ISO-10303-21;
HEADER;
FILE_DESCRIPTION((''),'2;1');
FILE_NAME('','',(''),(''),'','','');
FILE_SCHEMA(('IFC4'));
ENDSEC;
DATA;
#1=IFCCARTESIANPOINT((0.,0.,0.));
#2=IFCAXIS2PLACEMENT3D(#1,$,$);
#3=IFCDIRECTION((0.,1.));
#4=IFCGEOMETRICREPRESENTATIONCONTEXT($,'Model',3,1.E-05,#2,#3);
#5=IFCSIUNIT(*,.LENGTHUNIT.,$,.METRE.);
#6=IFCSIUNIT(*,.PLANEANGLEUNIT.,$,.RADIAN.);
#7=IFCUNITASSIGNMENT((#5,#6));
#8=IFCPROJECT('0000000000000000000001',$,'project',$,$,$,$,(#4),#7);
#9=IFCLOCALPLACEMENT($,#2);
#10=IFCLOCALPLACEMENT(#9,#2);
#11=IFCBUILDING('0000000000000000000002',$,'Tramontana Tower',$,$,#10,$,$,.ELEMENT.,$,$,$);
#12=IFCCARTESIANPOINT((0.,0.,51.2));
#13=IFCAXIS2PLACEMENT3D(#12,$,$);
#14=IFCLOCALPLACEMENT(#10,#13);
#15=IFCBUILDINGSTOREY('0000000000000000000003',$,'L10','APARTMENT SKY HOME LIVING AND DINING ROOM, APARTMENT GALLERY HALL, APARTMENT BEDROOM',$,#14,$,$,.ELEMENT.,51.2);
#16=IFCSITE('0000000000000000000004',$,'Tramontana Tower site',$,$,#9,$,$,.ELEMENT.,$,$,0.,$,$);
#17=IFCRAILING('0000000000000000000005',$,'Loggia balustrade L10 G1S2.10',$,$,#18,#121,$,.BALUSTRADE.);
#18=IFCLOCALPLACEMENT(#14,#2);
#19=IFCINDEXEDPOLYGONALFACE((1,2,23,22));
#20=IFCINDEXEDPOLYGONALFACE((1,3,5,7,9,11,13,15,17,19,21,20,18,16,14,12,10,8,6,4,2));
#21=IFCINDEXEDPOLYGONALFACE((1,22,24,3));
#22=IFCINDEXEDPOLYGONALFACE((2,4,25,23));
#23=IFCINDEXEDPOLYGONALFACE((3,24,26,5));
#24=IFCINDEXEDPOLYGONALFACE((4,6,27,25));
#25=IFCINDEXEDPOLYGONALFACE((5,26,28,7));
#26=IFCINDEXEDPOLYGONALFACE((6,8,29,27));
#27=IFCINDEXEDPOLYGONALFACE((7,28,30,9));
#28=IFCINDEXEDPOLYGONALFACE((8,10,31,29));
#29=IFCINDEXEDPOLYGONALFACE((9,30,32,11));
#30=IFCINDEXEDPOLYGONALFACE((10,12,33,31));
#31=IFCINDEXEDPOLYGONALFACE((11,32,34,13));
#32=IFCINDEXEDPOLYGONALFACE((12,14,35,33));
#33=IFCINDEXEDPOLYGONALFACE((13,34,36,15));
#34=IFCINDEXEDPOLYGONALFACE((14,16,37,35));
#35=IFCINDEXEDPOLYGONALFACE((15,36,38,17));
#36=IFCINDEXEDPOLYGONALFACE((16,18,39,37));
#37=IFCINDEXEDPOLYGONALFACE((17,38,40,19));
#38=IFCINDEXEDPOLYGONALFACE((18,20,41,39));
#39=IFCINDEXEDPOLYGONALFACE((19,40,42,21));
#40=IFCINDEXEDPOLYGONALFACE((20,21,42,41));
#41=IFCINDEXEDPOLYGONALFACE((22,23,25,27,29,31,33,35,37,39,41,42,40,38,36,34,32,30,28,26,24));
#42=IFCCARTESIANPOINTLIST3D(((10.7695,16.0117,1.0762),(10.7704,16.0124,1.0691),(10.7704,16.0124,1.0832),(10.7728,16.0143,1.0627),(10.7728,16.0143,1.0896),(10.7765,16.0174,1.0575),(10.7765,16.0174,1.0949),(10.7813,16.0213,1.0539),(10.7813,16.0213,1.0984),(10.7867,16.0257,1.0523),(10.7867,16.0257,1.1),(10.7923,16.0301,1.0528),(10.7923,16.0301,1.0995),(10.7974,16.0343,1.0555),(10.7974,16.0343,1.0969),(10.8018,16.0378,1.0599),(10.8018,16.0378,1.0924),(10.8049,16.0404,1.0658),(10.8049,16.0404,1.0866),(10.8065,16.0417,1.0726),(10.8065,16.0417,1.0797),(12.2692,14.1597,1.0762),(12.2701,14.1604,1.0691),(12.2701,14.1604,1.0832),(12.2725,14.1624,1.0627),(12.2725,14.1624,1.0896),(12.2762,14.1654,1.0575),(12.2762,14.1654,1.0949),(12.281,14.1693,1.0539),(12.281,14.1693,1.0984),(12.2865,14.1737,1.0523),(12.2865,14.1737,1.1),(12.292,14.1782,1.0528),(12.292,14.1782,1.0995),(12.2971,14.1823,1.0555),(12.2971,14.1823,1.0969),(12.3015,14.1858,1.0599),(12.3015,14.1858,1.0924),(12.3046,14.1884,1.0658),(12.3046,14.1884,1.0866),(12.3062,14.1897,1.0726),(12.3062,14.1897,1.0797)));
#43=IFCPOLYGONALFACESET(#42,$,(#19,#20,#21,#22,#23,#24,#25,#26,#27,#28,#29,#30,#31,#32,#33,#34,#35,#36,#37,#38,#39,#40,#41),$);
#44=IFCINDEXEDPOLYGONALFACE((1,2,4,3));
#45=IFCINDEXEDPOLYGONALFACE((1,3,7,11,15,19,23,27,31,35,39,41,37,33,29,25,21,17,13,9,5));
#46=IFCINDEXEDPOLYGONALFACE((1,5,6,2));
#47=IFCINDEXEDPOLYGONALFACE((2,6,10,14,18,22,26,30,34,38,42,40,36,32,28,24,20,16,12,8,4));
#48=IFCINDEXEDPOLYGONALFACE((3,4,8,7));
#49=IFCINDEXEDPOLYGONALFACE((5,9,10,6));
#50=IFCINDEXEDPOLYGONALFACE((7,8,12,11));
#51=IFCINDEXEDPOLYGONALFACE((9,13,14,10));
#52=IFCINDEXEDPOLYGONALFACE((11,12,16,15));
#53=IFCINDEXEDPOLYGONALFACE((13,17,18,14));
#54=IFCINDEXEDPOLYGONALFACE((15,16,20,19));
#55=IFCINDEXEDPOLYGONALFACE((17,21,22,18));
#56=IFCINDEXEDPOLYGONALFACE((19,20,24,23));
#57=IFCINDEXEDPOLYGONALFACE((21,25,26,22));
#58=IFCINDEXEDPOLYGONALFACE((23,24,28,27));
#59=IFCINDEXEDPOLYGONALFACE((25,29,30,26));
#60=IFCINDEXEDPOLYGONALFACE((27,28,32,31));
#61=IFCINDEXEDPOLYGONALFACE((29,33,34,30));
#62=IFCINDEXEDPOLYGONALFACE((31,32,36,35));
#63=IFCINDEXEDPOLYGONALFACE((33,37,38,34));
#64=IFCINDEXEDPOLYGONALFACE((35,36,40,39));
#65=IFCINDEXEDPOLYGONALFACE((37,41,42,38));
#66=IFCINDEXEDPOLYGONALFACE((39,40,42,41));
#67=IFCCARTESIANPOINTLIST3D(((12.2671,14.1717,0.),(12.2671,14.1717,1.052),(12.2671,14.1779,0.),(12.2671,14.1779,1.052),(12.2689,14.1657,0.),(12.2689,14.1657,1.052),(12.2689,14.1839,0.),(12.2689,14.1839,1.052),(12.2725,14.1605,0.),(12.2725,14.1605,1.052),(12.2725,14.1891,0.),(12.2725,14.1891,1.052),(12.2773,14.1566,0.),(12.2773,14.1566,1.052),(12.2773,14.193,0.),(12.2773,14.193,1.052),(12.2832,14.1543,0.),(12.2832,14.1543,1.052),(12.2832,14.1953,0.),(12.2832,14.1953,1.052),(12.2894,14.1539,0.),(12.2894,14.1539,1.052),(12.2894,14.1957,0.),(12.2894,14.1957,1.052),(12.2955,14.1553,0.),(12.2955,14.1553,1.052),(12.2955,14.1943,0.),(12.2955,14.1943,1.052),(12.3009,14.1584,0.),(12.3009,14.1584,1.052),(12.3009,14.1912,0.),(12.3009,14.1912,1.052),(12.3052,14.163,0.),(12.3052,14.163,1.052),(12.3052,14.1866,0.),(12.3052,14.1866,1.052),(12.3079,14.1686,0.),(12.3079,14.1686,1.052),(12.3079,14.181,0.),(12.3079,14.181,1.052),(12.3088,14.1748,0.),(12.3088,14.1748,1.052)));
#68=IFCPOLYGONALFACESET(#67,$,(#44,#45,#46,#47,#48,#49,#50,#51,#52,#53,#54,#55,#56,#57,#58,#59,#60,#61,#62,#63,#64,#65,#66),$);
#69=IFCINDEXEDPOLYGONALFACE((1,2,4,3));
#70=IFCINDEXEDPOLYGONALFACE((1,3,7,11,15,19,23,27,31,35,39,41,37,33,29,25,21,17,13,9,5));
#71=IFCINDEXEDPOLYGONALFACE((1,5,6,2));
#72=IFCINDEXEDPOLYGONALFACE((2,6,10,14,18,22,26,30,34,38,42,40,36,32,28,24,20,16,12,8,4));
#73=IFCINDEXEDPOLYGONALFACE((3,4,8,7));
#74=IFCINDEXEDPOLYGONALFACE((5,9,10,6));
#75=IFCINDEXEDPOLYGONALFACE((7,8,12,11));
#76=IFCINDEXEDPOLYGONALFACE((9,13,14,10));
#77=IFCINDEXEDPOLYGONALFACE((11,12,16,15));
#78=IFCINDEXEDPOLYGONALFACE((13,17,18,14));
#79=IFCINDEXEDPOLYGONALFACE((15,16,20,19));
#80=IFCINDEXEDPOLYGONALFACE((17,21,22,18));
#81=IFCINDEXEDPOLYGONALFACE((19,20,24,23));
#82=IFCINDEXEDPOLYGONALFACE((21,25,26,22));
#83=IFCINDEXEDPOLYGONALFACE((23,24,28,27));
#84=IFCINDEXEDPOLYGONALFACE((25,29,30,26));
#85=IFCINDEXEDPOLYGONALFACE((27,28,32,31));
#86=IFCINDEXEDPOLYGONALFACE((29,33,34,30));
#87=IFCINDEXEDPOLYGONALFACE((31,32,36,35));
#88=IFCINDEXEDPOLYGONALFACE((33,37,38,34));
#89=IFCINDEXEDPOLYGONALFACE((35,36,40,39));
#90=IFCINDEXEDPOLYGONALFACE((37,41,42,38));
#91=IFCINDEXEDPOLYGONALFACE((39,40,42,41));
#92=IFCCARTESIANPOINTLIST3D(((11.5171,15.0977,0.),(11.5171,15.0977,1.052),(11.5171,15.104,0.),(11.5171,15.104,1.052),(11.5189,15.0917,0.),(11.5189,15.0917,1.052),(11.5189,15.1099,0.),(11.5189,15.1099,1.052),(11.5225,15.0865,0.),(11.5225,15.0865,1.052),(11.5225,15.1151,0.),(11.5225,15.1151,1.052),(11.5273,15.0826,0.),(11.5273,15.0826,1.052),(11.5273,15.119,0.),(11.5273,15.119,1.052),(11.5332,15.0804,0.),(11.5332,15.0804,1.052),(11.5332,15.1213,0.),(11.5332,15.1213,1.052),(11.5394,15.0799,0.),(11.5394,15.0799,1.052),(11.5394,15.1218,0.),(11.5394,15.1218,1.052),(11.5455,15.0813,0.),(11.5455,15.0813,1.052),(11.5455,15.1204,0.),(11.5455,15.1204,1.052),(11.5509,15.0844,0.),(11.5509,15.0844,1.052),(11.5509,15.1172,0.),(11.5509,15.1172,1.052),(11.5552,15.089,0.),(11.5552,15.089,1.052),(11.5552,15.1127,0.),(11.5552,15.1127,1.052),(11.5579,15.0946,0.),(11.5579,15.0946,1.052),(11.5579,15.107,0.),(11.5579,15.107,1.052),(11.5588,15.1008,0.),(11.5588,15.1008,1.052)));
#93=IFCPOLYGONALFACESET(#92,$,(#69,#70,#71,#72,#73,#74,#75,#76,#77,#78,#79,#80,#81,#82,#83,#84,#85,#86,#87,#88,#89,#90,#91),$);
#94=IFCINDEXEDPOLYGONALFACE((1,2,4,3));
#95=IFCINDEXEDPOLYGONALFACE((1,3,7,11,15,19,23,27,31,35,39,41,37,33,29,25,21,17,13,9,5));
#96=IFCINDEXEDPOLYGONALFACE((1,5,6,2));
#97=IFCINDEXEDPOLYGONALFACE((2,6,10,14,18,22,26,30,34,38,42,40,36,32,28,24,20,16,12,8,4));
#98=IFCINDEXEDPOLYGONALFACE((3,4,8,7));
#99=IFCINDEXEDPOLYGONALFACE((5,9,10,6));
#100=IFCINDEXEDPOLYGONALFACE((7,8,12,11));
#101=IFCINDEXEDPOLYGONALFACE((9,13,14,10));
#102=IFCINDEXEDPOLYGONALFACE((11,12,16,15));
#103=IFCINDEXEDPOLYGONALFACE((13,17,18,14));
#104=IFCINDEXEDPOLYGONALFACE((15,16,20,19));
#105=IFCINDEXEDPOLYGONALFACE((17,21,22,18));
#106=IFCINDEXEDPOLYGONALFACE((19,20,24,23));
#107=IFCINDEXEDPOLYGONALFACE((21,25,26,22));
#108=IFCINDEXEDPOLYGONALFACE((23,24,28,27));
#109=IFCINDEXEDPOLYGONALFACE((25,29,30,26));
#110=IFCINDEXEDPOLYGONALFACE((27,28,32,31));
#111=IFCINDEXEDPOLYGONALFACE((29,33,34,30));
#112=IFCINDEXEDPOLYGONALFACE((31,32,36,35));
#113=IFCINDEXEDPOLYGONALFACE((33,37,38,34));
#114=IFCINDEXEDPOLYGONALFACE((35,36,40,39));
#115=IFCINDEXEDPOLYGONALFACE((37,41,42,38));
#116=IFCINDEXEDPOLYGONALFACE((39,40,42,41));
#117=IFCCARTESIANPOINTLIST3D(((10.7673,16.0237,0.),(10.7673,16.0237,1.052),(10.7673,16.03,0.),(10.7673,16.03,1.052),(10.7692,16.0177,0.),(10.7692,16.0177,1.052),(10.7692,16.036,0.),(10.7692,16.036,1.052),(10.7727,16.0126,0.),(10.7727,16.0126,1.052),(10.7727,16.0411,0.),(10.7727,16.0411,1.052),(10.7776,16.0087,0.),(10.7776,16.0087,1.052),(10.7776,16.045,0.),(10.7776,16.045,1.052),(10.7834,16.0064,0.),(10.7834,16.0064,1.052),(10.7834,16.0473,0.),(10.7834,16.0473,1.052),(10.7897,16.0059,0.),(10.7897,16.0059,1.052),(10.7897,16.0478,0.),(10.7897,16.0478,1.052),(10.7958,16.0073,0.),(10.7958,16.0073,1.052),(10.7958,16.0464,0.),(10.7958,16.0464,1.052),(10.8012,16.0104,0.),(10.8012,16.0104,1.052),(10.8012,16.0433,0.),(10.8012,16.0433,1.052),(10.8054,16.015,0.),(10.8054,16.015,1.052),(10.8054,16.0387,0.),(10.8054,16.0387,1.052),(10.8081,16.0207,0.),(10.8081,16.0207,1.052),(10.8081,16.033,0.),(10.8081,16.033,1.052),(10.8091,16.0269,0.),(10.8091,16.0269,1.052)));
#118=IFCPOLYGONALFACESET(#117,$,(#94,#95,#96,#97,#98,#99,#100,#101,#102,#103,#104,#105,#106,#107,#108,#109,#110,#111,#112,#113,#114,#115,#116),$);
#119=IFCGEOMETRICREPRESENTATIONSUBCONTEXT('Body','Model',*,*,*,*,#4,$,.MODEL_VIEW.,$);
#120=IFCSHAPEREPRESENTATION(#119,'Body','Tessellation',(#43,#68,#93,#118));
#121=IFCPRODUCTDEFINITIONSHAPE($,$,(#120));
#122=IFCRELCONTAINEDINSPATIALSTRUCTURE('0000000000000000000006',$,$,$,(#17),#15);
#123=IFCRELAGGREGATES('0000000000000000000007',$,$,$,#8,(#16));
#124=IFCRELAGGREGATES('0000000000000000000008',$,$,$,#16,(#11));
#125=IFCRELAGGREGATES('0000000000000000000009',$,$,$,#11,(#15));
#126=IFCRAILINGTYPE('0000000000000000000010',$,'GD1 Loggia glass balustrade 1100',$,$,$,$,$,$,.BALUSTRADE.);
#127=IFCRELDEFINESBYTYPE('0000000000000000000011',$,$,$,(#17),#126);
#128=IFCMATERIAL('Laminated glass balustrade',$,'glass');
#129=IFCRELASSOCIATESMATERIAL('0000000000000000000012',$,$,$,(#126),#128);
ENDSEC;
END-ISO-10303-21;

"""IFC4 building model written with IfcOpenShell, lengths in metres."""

from ifc_helpers import new_model, si_unit, direction, frame, origin, origin_2d, place, context, subcontext, project, spatial, circle, extrude, material, type_object, element, save


model = new_model("IFC4")

# Units and contexts
model_context = context("Model", 3, precision=1e-05, world=origin(), true_north=direction((0.0, 1.0)))
body_context = subcontext(model_context, "Body", "Model", "MODEL_VIEW")
ifc_project = project(units=[si_unit("LENGTHUNIT", "METRE"), si_unit("PLANEANGLEUNIT", "RADIAN")], contexts=[model_context])

# Site, building, storey
site_placement = place(None, origin())
site = spatial("IfcSite", under=ifc_project, at=site_placement, Name="Tramontana Tower site", CompositionType="ELEMENT", RefElevation=0.0)
building_placement = place(site_placement, origin())
building = spatial("IfcBuilding", under=site, at=building_placement, Name="Tramontana Tower", CompositionType="ELEMENT")
storey_placement = place(building_placement, frame((0.0, 0.0, 51.2)))
storey = spatial("IfcBuildingStorey", under=building, at=storey_placement, Name="L10", Description="APARTMENT SKY HOME LIVING AND DINING ROOM, APARTMENT GALLERY HALL, APARTMENT BEDROOM", CompositionType="ELEMENT", Elevation=51.2)

# Railing
ifc_material_1 = material(Name="Laminated glass balustrade", Category="glass")
railing_type = type_object("IfcRailingType", Name="GD1 Loggia glass balustrade 1100", PredefinedType="BALUSTRADE", material=ifc_material_1)
railing_placement = place(storey_placement, frame((12.2878, 14.1748, 0.0)))
element("IfcRailing", 1, at=railing_placement, inside=storey, type_object=railing_type, Name="Loggia balustrade L10 G1S2.10", PredefinedType="BALUSTRADE", context=body_context, shape_type="SweptSolid", body=[
    extrude(circle(Radius=0.0239, at=origin_2d()), frame((0.0, 0.0, 1.0762), z_axis=(-0.629319, 0.777147, 0.0), x_axis=(-0.777147, -0.629319, 0.0)), (0.0, 0.0, 1.0), 2.3831),
    extrude(circle(Radius=0.021, at=origin_2d()), origin(), (0.0, 0.0, 1.0), 1.052),
    extrude(circle(Radius=0.021, at=origin_2d()), frame((-0.75, 0.926, 0.0)), (0.0, 0.0, 1.0), 1.052),
    extrude(circle(Radius=0.021, at=origin_2d()), frame((-1.4998, 1.8521, 0.0)), (0.0, 0.0, 1.0), 1.052),
])

save(model, "model.ifc")
